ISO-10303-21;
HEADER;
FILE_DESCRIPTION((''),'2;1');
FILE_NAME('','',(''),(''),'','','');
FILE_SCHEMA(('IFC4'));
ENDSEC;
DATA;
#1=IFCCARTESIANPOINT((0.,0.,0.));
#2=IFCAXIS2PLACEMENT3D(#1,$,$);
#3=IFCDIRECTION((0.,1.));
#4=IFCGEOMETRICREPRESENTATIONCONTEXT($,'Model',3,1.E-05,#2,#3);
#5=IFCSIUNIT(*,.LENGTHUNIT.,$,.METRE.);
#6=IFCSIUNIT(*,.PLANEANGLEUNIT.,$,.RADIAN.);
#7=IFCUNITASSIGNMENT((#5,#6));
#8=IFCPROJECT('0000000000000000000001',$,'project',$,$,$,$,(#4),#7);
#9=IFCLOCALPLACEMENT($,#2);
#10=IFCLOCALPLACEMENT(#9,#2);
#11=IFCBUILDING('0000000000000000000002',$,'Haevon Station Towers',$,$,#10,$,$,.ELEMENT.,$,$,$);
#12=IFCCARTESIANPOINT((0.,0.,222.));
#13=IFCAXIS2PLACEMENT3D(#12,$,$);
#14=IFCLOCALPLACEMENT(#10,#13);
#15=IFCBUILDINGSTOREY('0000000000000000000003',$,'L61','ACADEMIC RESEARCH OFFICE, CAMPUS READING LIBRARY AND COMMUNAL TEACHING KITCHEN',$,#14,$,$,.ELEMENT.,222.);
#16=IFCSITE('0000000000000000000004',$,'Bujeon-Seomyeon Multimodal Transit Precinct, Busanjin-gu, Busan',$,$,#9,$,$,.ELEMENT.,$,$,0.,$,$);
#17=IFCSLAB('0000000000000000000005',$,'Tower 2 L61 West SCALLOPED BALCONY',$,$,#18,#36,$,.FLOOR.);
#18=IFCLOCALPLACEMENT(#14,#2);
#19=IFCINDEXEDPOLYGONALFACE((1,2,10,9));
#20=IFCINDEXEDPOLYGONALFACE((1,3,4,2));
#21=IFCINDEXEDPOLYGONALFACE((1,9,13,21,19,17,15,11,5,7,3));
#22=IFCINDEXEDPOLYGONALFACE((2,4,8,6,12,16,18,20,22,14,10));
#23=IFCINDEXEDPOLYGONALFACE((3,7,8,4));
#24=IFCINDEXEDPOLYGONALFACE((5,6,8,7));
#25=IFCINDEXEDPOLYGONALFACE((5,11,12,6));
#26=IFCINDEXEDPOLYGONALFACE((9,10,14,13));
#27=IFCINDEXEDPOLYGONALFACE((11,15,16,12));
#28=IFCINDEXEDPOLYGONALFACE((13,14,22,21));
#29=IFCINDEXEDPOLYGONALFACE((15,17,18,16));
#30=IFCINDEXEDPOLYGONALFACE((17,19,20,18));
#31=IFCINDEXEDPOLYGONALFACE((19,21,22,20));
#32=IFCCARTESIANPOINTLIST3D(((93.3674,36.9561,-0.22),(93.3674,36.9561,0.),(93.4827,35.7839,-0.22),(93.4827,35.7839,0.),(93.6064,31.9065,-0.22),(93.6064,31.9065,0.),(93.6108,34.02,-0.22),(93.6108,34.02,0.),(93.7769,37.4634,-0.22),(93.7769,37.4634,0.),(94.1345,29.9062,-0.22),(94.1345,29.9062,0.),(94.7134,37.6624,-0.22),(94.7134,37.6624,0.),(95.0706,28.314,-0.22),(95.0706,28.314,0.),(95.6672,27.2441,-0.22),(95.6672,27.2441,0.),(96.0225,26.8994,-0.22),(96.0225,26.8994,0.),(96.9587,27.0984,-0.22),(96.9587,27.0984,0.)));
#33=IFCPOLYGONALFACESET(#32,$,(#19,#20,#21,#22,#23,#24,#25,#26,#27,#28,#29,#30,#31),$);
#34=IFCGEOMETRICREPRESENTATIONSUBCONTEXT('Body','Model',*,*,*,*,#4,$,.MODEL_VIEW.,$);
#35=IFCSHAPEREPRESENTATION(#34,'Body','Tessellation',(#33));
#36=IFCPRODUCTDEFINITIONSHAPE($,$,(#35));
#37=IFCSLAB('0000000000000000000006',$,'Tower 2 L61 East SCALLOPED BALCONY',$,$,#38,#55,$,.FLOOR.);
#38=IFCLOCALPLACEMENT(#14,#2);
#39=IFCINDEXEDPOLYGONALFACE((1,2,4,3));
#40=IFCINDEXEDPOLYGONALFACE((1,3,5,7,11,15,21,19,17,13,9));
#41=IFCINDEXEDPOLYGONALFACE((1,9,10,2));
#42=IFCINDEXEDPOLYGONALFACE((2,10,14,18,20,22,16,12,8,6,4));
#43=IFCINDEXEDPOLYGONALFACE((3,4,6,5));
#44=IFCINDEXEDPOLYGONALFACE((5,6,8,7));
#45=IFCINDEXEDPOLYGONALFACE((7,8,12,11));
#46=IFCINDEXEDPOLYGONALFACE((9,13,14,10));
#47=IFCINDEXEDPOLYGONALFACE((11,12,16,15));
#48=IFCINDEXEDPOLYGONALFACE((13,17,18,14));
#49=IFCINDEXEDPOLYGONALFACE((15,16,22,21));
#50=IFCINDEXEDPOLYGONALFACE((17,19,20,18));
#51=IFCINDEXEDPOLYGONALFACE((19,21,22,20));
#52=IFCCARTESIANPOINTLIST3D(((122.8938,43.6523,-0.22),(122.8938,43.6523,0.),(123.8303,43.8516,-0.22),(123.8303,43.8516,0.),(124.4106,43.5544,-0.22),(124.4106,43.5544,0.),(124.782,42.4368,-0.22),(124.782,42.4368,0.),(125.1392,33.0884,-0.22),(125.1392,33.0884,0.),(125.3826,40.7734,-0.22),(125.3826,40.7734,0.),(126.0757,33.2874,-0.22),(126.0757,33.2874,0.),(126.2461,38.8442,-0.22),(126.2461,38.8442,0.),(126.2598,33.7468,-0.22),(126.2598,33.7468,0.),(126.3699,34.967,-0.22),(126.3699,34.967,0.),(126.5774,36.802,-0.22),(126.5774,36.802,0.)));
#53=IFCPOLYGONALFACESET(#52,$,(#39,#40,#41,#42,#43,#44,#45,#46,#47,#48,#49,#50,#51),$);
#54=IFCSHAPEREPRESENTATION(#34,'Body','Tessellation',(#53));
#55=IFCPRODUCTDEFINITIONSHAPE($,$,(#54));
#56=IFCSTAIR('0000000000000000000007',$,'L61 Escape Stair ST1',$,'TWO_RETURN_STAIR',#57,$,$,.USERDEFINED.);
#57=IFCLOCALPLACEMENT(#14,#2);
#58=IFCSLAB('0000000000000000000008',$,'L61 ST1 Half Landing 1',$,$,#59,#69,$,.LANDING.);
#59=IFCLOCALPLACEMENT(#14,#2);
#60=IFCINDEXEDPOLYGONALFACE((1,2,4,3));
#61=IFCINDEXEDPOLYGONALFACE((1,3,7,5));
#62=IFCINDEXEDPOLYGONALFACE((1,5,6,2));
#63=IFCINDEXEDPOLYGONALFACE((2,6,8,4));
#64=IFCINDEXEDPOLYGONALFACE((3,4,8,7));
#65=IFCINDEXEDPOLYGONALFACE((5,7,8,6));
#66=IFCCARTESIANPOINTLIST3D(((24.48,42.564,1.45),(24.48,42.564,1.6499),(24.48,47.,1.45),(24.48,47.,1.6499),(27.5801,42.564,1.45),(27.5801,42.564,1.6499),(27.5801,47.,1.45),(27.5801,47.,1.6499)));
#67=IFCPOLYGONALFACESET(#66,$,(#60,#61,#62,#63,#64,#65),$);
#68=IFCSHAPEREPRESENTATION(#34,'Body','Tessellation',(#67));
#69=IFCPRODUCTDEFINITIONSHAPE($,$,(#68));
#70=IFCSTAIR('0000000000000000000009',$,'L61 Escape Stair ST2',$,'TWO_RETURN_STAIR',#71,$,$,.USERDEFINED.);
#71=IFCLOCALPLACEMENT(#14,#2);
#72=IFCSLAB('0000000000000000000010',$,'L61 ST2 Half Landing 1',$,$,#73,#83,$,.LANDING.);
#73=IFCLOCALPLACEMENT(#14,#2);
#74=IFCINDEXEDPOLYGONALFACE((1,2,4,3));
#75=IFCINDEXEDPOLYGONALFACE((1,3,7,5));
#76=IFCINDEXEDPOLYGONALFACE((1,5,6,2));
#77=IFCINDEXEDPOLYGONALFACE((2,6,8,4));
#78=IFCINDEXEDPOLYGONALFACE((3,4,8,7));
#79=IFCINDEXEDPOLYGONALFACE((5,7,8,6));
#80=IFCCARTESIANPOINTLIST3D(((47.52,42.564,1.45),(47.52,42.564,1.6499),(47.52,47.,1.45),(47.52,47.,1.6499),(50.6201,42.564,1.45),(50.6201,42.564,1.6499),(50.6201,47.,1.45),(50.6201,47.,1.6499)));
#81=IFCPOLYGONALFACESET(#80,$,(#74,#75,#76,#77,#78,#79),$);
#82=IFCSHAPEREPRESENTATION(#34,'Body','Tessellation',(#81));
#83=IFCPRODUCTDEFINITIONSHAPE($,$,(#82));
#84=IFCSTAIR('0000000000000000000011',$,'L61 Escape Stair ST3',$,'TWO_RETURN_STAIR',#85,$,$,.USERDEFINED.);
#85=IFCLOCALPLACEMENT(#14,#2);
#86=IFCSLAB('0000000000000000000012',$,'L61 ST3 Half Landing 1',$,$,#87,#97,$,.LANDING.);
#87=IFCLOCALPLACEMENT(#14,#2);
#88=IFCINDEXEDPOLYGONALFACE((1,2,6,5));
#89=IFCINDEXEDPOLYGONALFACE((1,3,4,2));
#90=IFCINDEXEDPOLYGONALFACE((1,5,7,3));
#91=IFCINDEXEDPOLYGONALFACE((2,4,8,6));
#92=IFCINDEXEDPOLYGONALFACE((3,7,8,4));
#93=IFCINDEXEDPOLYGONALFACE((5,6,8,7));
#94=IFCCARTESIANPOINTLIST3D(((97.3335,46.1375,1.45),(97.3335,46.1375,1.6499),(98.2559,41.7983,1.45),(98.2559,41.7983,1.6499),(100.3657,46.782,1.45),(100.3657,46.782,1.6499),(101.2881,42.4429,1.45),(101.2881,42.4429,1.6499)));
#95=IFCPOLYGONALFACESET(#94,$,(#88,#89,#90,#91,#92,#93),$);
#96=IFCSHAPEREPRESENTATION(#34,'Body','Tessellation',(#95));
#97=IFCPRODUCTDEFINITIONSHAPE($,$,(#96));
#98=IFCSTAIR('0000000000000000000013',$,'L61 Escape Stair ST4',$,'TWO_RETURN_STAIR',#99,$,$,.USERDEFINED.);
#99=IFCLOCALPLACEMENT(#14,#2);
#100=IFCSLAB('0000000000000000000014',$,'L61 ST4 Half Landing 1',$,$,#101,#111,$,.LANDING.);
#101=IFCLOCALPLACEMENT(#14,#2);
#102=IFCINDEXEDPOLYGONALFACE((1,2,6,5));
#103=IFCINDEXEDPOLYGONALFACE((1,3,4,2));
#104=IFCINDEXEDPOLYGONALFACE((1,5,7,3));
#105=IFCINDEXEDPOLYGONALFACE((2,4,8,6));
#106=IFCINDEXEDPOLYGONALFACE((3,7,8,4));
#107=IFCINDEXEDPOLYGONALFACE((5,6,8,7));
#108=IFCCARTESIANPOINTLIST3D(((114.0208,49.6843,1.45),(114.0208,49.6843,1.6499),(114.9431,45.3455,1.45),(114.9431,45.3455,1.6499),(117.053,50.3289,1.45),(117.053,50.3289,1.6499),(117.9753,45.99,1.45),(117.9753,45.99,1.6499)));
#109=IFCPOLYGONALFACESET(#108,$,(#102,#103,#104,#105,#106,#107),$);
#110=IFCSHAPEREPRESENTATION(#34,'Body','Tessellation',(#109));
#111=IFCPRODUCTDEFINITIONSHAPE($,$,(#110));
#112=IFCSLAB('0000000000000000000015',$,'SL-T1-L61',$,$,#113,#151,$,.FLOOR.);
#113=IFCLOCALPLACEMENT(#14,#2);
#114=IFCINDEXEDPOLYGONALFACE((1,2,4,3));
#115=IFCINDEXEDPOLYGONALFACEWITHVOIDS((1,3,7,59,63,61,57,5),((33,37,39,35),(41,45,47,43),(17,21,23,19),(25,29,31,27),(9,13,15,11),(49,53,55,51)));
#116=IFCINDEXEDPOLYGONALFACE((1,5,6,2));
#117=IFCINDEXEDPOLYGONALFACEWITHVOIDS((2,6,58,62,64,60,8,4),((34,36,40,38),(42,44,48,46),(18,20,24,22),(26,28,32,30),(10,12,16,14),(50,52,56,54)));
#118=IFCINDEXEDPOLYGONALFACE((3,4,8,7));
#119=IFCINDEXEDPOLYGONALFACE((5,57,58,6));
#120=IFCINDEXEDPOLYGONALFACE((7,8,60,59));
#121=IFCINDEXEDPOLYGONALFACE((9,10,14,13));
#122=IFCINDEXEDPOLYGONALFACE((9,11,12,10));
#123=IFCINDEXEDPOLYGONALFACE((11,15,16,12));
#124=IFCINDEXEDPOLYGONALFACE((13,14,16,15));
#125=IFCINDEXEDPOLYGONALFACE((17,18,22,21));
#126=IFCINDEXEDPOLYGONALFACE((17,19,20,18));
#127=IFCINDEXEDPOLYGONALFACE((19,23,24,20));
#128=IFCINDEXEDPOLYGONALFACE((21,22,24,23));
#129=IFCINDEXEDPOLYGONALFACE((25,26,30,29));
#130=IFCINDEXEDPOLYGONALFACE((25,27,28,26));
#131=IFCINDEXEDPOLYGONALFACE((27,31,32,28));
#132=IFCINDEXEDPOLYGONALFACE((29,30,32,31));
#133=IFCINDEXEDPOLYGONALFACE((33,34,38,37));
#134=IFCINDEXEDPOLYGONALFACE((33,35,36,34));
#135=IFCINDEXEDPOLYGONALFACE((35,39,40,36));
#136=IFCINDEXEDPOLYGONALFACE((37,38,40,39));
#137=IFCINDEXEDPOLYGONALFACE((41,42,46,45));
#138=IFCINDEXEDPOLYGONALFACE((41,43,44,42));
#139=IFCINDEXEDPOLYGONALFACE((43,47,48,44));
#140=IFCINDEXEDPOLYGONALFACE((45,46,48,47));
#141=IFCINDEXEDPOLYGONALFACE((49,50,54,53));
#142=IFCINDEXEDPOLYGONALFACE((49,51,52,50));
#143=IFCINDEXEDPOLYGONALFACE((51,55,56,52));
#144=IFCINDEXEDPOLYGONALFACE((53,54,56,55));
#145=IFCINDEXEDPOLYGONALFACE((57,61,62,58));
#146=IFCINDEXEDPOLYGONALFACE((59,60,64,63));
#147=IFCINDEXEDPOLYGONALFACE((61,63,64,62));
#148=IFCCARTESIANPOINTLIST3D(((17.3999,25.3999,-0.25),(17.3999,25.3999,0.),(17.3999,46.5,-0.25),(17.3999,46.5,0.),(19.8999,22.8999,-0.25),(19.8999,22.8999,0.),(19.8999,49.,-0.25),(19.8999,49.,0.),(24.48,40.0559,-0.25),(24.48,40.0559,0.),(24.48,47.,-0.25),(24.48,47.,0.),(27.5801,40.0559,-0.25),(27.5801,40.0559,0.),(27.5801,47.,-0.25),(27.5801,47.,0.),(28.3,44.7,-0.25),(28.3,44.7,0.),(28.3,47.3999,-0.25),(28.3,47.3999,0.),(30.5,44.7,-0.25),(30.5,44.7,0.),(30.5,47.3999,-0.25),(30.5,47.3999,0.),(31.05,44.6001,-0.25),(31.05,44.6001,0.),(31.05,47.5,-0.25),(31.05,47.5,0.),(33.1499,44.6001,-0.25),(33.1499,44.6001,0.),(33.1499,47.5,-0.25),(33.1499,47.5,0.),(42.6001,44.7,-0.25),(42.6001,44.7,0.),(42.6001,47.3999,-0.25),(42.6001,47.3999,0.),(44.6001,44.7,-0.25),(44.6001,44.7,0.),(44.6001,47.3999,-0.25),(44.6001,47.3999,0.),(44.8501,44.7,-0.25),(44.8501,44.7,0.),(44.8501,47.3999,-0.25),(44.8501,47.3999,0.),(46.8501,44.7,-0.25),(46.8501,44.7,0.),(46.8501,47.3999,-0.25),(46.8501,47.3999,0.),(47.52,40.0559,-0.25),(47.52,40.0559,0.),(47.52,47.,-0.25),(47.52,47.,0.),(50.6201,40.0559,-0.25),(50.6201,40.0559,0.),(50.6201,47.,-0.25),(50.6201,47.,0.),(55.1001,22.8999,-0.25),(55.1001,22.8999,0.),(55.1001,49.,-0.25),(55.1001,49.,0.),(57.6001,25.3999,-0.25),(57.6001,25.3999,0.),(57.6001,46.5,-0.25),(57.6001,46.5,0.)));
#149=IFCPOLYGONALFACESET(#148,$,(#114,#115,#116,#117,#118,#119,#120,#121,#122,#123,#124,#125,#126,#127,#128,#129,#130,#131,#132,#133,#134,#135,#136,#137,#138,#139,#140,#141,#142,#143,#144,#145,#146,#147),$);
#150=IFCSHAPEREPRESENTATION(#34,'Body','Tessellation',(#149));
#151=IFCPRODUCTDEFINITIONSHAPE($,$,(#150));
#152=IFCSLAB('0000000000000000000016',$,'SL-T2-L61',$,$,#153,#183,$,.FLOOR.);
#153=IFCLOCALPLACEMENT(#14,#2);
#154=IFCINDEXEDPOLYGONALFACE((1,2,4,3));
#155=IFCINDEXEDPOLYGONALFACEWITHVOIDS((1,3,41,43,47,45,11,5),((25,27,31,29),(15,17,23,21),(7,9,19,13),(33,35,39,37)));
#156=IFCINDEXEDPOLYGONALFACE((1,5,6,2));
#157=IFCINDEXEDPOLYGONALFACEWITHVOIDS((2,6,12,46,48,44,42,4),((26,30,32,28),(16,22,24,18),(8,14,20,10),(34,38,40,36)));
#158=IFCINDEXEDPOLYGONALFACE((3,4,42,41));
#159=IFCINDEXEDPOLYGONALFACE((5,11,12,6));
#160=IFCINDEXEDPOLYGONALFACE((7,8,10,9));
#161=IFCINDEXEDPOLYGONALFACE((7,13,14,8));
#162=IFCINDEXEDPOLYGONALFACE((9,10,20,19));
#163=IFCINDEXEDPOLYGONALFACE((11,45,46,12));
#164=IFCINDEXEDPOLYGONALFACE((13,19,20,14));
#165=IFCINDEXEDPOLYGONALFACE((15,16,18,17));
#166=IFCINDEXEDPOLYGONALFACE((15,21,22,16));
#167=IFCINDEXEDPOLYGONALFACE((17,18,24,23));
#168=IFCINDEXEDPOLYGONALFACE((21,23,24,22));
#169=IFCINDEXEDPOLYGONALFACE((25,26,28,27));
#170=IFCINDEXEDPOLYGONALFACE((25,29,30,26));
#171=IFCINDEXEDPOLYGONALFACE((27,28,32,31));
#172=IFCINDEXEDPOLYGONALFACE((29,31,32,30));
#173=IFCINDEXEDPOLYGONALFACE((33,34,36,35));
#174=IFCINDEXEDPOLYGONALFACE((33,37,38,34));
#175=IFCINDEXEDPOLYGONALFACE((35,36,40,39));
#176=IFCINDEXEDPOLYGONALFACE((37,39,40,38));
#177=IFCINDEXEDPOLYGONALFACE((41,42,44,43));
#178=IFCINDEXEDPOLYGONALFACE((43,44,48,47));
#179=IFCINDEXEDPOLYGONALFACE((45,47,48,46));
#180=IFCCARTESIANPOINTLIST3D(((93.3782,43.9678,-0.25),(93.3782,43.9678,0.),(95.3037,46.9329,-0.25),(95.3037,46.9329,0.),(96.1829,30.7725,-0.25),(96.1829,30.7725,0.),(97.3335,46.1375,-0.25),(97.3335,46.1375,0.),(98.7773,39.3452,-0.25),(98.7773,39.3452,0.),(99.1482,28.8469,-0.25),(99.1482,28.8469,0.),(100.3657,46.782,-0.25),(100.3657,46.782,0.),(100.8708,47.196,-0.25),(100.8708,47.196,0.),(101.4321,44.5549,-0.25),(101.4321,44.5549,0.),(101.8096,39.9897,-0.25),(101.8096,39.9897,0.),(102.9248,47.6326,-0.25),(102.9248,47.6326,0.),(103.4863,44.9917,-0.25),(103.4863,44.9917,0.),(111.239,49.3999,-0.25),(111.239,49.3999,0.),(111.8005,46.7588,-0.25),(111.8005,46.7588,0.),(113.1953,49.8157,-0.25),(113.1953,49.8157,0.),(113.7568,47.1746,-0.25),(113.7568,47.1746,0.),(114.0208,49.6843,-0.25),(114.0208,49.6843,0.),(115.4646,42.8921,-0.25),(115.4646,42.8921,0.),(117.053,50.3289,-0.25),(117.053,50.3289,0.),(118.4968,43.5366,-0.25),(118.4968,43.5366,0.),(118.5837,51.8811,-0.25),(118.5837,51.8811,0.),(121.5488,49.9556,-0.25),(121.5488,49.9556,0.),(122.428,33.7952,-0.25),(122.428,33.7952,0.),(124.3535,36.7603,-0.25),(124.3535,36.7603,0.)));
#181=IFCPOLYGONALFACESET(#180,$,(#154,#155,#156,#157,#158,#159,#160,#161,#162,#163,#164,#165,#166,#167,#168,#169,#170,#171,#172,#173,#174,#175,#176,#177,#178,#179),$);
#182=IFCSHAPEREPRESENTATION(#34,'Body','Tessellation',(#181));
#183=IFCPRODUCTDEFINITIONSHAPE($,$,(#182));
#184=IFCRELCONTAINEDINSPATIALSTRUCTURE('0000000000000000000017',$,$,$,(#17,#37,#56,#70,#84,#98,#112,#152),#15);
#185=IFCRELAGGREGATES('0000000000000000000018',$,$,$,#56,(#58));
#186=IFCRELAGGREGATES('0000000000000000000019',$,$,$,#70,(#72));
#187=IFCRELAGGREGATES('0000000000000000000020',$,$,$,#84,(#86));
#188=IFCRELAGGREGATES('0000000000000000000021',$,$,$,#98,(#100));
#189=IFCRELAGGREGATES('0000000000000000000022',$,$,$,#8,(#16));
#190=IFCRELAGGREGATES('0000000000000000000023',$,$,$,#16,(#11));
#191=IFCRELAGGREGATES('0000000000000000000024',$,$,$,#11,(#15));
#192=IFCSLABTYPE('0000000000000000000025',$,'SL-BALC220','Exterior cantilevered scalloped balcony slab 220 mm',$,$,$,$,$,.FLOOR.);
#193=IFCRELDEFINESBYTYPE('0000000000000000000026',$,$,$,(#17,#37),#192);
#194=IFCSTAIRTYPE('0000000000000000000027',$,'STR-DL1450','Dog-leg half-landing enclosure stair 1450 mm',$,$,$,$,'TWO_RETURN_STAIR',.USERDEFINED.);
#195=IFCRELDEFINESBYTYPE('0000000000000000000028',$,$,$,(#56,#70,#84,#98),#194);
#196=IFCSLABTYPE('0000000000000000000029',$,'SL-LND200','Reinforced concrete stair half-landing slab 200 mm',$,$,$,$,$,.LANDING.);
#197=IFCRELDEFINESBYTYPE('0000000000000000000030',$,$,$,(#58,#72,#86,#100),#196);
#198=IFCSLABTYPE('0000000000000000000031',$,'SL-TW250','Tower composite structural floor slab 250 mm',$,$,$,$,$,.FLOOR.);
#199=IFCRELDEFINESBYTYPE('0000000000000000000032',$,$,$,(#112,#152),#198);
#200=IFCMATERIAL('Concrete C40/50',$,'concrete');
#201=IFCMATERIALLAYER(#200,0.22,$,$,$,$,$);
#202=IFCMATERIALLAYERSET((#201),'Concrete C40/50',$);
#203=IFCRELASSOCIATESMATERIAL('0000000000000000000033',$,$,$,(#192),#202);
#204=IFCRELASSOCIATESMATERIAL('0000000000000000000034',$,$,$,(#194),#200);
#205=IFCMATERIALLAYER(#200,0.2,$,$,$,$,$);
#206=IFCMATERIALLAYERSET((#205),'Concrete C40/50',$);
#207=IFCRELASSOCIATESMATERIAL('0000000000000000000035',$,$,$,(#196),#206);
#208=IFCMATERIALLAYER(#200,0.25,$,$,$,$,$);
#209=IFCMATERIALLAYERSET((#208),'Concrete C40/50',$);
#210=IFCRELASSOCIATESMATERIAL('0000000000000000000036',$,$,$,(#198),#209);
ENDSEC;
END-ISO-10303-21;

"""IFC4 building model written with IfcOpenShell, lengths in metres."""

from ifc_helpers import new_model, si_unit, direction, frame, origin, place, context, subcontext, project, spatial, polyline, outline, extrude, material, layer, layer_set, type_object, element, aggregate, save


model = new_model("IFC4")

# Units and contexts
model_context = context("Model", 3, precision=1e-05, world=origin(), true_north=direction((0.0, 1.0)))
body_context = subcontext(model_context, "Body", "Model", "MODEL_VIEW")
ifc_project = project(units=[si_unit("LENGTHUNIT", "METRE"), si_unit("PLANEANGLEUNIT", "RADIAN")], contexts=[model_context])

# Site, building, storey
site_placement = place(None, origin())
site = spatial("IfcSite", under=ifc_project, at=site_placement, Name="Bujeon-Seomyeon Multimodal Transit Precinct, Busanjin-gu, Busan", CompositionType="ELEMENT", RefElevation=0.0)
building_placement = place(site_placement, origin())
building = spatial("IfcBuilding", under=site, at=building_placement, Name="Haevon Station Towers", CompositionType="ELEMENT")
storey_placement = place(building_placement, frame((0.0, 0.0, 222.0)))
storey = spatial("IfcBuildingStorey", under=building, at=storey_placement, Name="L61", Description="ACADEMIC RESEARCH OFFICE, CAMPUS READING LIBRARY AND COMMUNAL TEACHING KITCHEN", CompositionType="ELEMENT", Elevation=222.0)

# Slabs
ifc_material_1 = material(Name="Concrete C40/50", Category="concrete")
ifc_layer_1 = layer(ifc_material_1, 0.22)
ifc_layer_set_1 = layer_set([ifc_layer_1], Name="Concrete C40/50")
slab_type_1 = type_object("IfcSlabType", Name="SL-BALC220", Description="Exterior cantilevered scalloped balcony slab 220 mm", PredefinedType="FLOOR", material=ifc_layer_set_1)
slab_1_placement = place(storey_placement, frame((0.0, 0.0, -0.22)))
element("IfcSlab", 1, at=slab_1_placement, inside=storey, type_object=slab_type_1, Name="Tower 2 L61 West SCALLOPED BALCONY", PredefinedType="FLOOR", context=body_context, shape_type="SweptSolid", body=[
    extrude(outline(polyline([(94.7134, 37.6624), (93.7769, 37.4634), (93.3674, 36.9561), (93.4827, 35.7839), (93.6108, 34.02), (93.6064, 31.9065), (94.1345, 29.9062), (95.0706, 28.314), (95.6672, 27.2441), (96.0225, 26.8994), (96.9587, 27.0984), (94.7134, 37.6624)])), origin(), (0.0, 0.0, 1.0), 0.22),
])
slab_2_placement = place(storey_placement, frame((0.0, 0.0, -0.22)))
element("IfcSlab", 2, at=slab_2_placement, inside=storey, type_object=slab_type_1, Name="Tower 2 L61 East SCALLOPED BALCONY", PredefinedType="FLOOR", context=body_context, shape_type="SweptSolid", body=[
    extrude(outline(polyline([(125.1392, 33.0884), (126.0757, 33.2874), (126.2598, 33.7468), (126.3699, 34.967), (126.5774, 36.802), (126.2461, 38.8442), (125.3826, 40.7734), (124.782, 42.4368), (124.4106, 43.5544), (123.8303, 43.8516), (122.8938, 43.6523), (125.1392, 33.0884)])), origin(), (0.0, 0.0, 1.0), 0.22),
])

# Stairs, slabs
stair_type = type_object("IfcStairType", Name="STR-DL1450", Description="Dog-leg half-landing enclosure stair 1450 mm", ElementType="TWO_RETURN_STAIR", PredefinedType="USERDEFINED", material=ifc_material_1)
stair_1_placement = place(storey_placement, origin())
stair_1 = element("IfcStair", 3, at=stair_1_placement, inside=storey, type_object=stair_type, Name="L61 Escape Stair ST1", ObjectType="TWO_RETURN_STAIR", PredefinedType="USERDEFINED")
ifc_layer_2 = layer(ifc_material_1, 0.2)
ifc_layer_set_2 = layer_set([ifc_layer_2], Name="Concrete C40/50")
slab_type_2 = type_object("IfcSlabType", Name="SL-LND200", Description="Reinforced concrete stair half-landing slab 200 mm", PredefinedType="LANDING", material=ifc_layer_set_2)
slab_3_placement = place(storey_placement, frame((0.0, 0.0, 1.45)))
slab_3 = element("IfcSlab", 4, at=slab_3_placement, type_object=slab_type_2, Name="L61 ST1 Half Landing 1", PredefinedType="LANDING", context=body_context, shape_type="SweptSolid", body=[
    extrude(outline(polyline([(27.5801, 42.564), (27.5801, 47.0), (24.48, 47.0), (24.48, 42.564), (27.5801, 42.564)])), origin(), (0.0, 0.0, 1.0), 0.2),
])
aggregate(stair_1, [slab_3])
stair_2_placement = place(storey_placement, origin())
stair_2 = element("IfcStair", 5, at=stair_2_placement, inside=storey, type_object=stair_type, Name="L61 Escape Stair ST2", ObjectType="TWO_RETURN_STAIR", PredefinedType="USERDEFINED")
slab_4_placement = place(storey_placement, frame((0.0, 0.0, 1.45)))
slab_4 = element("IfcSlab", 6, at=slab_4_placement, type_object=slab_type_2, Name="L61 ST2 Half Landing 1", PredefinedType="LANDING", context=body_context, shape_type="SweptSolid", body=[
    extrude(outline(polyline([(50.6201, 42.564), (50.6201, 47.0), (47.52, 47.0), (47.52, 42.564), (50.6201, 42.564)])), origin(), (0.0, 0.0, 1.0), 0.2),
])
aggregate(stair_2, [slab_4])
stair_3_placement = place(storey_placement, origin())
stair_3 = element("IfcStair", 7, at=stair_3_placement, inside=storey, type_object=stair_type, Name="L61 Escape Stair ST3", ObjectType="TWO_RETURN_STAIR", PredefinedType="USERDEFINED")
slab_5_placement = place(storey_placement, frame((0.0, 0.0, 1.45)))
slab_5 = element("IfcSlab", 8, at=slab_5_placement, type_object=slab_type_2, Name="L61 ST3 Half Landing 1", PredefinedType="LANDING", context=body_context, shape_type="SweptSolid", body=[
    extrude(outline(polyline([(101.2881, 42.4429), (100.3657, 46.782), (97.3335, 46.1375), (98.2559, 41.7983), (101.2881, 42.4429)])), origin(), (0.0, 0.0, 1.0), 0.2),
])
aggregate(stair_3, [slab_5])
stair_4_placement = place(storey_placement, origin())
stair_4 = element("IfcStair", 9, at=stair_4_placement, inside=storey, type_object=stair_type, Name="L61 Escape Stair ST4", ObjectType="TWO_RETURN_STAIR", PredefinedType="USERDEFINED")
slab_6_placement = place(storey_placement, frame((0.0, 0.0, 1.45)))
slab_6 = element("IfcSlab", 10, at=slab_6_placement, type_object=slab_type_2, Name="L61 ST4 Half Landing 1", PredefinedType="LANDING", context=body_context, shape_type="SweptSolid", body=[
    extrude(outline(polyline([(117.9753, 45.99), (117.053, 50.3289), (114.0208, 49.6843), (114.9431, 45.3455), (117.9753, 45.99)])), origin(), (0.0, 0.0, 1.0), 0.2),
])
aggregate(stair_4, [slab_6])

# Slabs
ifc_layer_3 = layer(ifc_material_1, 0.25)
ifc_layer_set_3 = layer_set([ifc_layer_3], Name="Concrete C40/50")
slab_type_3 = type_object("IfcSlabType", Name="SL-TW250", Description="Tower composite structural floor slab 250 mm", PredefinedType="FLOOR", material=ifc_layer_set_3)
slab_7_placement = place(storey_placement, frame((0.0, 0.0, -0.25)))
element("IfcSlab", 11, at=slab_7_placement, inside=storey, type_object=slab_type_3, Name="SL-T1-L61", PredefinedType="FLOOR", context=body_context, shape_type="SweptSolid", body=[
    extrude(outline(polyline([(19.8999, 22.8999), (55.1001, 22.8999), (57.6001, 25.3999), (57.6001, 46.5), (55.1001, 49.0), (19.8999, 49.0), (17.3999, 46.5), (17.3999, 25.3999), (19.8999, 22.8999)]), holes=[polyline([(27.5801, 40.0559), (27.5801, 47.0), (24.48, 47.0), (24.48, 40.0559), (27.5801, 40.0559)]), polyline([(50.6201, 40.0559), (50.6201, 47.0), (47.52, 47.0), (47.52, 40.0559), (50.6201, 40.0559)]), polyline([(28.3, 44.7), (30.5, 44.7), (30.5, 47.3999), (28.3, 47.3999), (28.3, 44.7)]), polyline([(31.05, 44.6001), (33.1499, 44.6001), (33.1499, 47.5), (31.05, 47.5), (31.05, 44.6001)]), polyline([(42.6001, 44.7), (44.6001, 44.7), (44.6001, 47.3999), (42.6001, 47.3999), (42.6001, 44.7)]), polyline([(44.8501, 44.7), (46.8501, 44.7), (46.8501, 47.3999), (44.8501, 47.3999), (44.8501, 44.7)])]), origin(), (0.0, 0.0, 1.0), 0.25),
])
slab_8_placement = place(storey_placement, frame((0.0, 0.0, -0.25)))
element("IfcSlab", 12, at=slab_8_placement, inside=storey, type_object=slab_type_3, Name="SL-T2-L61", PredefinedType="FLOOR", context=body_context, shape_type="SweptSolid", body=[
    extrude(outline(polyline([(99.1482, 28.8469), (122.428, 33.7952), (124.3535, 36.7603), (121.5488, 49.9556), (118.5837, 51.8811), (95.3037, 46.9329), (93.3782, 43.9678), (96.1829, 30.7725), (99.1482, 28.8469)]), holes=[polyline([(101.8096, 39.9897), (100.3657, 46.782), (97.3335, 46.1375), (98.7773, 39.3452), (101.8096, 39.9897)]), polyline([(118.4968, 43.5366), (117.053, 50.3289), (114.0208, 49.6843), (115.4646, 42.8921), (118.4968, 43.5366)]), polyline([(101.4321, 44.5549), (103.4863, 44.9917), (102.9248, 47.6326), (100.8708, 47.196), (101.4321, 44.5549)]), polyline([(111.8005, 46.7588), (113.7568, 47.1746), (113.1953, 49.8157), (111.239, 49.3999), (111.8005, 46.7588)])]), origin(), (0.0, 0.0, 1.0), 0.25),
])

save(model, "model.ifc")
